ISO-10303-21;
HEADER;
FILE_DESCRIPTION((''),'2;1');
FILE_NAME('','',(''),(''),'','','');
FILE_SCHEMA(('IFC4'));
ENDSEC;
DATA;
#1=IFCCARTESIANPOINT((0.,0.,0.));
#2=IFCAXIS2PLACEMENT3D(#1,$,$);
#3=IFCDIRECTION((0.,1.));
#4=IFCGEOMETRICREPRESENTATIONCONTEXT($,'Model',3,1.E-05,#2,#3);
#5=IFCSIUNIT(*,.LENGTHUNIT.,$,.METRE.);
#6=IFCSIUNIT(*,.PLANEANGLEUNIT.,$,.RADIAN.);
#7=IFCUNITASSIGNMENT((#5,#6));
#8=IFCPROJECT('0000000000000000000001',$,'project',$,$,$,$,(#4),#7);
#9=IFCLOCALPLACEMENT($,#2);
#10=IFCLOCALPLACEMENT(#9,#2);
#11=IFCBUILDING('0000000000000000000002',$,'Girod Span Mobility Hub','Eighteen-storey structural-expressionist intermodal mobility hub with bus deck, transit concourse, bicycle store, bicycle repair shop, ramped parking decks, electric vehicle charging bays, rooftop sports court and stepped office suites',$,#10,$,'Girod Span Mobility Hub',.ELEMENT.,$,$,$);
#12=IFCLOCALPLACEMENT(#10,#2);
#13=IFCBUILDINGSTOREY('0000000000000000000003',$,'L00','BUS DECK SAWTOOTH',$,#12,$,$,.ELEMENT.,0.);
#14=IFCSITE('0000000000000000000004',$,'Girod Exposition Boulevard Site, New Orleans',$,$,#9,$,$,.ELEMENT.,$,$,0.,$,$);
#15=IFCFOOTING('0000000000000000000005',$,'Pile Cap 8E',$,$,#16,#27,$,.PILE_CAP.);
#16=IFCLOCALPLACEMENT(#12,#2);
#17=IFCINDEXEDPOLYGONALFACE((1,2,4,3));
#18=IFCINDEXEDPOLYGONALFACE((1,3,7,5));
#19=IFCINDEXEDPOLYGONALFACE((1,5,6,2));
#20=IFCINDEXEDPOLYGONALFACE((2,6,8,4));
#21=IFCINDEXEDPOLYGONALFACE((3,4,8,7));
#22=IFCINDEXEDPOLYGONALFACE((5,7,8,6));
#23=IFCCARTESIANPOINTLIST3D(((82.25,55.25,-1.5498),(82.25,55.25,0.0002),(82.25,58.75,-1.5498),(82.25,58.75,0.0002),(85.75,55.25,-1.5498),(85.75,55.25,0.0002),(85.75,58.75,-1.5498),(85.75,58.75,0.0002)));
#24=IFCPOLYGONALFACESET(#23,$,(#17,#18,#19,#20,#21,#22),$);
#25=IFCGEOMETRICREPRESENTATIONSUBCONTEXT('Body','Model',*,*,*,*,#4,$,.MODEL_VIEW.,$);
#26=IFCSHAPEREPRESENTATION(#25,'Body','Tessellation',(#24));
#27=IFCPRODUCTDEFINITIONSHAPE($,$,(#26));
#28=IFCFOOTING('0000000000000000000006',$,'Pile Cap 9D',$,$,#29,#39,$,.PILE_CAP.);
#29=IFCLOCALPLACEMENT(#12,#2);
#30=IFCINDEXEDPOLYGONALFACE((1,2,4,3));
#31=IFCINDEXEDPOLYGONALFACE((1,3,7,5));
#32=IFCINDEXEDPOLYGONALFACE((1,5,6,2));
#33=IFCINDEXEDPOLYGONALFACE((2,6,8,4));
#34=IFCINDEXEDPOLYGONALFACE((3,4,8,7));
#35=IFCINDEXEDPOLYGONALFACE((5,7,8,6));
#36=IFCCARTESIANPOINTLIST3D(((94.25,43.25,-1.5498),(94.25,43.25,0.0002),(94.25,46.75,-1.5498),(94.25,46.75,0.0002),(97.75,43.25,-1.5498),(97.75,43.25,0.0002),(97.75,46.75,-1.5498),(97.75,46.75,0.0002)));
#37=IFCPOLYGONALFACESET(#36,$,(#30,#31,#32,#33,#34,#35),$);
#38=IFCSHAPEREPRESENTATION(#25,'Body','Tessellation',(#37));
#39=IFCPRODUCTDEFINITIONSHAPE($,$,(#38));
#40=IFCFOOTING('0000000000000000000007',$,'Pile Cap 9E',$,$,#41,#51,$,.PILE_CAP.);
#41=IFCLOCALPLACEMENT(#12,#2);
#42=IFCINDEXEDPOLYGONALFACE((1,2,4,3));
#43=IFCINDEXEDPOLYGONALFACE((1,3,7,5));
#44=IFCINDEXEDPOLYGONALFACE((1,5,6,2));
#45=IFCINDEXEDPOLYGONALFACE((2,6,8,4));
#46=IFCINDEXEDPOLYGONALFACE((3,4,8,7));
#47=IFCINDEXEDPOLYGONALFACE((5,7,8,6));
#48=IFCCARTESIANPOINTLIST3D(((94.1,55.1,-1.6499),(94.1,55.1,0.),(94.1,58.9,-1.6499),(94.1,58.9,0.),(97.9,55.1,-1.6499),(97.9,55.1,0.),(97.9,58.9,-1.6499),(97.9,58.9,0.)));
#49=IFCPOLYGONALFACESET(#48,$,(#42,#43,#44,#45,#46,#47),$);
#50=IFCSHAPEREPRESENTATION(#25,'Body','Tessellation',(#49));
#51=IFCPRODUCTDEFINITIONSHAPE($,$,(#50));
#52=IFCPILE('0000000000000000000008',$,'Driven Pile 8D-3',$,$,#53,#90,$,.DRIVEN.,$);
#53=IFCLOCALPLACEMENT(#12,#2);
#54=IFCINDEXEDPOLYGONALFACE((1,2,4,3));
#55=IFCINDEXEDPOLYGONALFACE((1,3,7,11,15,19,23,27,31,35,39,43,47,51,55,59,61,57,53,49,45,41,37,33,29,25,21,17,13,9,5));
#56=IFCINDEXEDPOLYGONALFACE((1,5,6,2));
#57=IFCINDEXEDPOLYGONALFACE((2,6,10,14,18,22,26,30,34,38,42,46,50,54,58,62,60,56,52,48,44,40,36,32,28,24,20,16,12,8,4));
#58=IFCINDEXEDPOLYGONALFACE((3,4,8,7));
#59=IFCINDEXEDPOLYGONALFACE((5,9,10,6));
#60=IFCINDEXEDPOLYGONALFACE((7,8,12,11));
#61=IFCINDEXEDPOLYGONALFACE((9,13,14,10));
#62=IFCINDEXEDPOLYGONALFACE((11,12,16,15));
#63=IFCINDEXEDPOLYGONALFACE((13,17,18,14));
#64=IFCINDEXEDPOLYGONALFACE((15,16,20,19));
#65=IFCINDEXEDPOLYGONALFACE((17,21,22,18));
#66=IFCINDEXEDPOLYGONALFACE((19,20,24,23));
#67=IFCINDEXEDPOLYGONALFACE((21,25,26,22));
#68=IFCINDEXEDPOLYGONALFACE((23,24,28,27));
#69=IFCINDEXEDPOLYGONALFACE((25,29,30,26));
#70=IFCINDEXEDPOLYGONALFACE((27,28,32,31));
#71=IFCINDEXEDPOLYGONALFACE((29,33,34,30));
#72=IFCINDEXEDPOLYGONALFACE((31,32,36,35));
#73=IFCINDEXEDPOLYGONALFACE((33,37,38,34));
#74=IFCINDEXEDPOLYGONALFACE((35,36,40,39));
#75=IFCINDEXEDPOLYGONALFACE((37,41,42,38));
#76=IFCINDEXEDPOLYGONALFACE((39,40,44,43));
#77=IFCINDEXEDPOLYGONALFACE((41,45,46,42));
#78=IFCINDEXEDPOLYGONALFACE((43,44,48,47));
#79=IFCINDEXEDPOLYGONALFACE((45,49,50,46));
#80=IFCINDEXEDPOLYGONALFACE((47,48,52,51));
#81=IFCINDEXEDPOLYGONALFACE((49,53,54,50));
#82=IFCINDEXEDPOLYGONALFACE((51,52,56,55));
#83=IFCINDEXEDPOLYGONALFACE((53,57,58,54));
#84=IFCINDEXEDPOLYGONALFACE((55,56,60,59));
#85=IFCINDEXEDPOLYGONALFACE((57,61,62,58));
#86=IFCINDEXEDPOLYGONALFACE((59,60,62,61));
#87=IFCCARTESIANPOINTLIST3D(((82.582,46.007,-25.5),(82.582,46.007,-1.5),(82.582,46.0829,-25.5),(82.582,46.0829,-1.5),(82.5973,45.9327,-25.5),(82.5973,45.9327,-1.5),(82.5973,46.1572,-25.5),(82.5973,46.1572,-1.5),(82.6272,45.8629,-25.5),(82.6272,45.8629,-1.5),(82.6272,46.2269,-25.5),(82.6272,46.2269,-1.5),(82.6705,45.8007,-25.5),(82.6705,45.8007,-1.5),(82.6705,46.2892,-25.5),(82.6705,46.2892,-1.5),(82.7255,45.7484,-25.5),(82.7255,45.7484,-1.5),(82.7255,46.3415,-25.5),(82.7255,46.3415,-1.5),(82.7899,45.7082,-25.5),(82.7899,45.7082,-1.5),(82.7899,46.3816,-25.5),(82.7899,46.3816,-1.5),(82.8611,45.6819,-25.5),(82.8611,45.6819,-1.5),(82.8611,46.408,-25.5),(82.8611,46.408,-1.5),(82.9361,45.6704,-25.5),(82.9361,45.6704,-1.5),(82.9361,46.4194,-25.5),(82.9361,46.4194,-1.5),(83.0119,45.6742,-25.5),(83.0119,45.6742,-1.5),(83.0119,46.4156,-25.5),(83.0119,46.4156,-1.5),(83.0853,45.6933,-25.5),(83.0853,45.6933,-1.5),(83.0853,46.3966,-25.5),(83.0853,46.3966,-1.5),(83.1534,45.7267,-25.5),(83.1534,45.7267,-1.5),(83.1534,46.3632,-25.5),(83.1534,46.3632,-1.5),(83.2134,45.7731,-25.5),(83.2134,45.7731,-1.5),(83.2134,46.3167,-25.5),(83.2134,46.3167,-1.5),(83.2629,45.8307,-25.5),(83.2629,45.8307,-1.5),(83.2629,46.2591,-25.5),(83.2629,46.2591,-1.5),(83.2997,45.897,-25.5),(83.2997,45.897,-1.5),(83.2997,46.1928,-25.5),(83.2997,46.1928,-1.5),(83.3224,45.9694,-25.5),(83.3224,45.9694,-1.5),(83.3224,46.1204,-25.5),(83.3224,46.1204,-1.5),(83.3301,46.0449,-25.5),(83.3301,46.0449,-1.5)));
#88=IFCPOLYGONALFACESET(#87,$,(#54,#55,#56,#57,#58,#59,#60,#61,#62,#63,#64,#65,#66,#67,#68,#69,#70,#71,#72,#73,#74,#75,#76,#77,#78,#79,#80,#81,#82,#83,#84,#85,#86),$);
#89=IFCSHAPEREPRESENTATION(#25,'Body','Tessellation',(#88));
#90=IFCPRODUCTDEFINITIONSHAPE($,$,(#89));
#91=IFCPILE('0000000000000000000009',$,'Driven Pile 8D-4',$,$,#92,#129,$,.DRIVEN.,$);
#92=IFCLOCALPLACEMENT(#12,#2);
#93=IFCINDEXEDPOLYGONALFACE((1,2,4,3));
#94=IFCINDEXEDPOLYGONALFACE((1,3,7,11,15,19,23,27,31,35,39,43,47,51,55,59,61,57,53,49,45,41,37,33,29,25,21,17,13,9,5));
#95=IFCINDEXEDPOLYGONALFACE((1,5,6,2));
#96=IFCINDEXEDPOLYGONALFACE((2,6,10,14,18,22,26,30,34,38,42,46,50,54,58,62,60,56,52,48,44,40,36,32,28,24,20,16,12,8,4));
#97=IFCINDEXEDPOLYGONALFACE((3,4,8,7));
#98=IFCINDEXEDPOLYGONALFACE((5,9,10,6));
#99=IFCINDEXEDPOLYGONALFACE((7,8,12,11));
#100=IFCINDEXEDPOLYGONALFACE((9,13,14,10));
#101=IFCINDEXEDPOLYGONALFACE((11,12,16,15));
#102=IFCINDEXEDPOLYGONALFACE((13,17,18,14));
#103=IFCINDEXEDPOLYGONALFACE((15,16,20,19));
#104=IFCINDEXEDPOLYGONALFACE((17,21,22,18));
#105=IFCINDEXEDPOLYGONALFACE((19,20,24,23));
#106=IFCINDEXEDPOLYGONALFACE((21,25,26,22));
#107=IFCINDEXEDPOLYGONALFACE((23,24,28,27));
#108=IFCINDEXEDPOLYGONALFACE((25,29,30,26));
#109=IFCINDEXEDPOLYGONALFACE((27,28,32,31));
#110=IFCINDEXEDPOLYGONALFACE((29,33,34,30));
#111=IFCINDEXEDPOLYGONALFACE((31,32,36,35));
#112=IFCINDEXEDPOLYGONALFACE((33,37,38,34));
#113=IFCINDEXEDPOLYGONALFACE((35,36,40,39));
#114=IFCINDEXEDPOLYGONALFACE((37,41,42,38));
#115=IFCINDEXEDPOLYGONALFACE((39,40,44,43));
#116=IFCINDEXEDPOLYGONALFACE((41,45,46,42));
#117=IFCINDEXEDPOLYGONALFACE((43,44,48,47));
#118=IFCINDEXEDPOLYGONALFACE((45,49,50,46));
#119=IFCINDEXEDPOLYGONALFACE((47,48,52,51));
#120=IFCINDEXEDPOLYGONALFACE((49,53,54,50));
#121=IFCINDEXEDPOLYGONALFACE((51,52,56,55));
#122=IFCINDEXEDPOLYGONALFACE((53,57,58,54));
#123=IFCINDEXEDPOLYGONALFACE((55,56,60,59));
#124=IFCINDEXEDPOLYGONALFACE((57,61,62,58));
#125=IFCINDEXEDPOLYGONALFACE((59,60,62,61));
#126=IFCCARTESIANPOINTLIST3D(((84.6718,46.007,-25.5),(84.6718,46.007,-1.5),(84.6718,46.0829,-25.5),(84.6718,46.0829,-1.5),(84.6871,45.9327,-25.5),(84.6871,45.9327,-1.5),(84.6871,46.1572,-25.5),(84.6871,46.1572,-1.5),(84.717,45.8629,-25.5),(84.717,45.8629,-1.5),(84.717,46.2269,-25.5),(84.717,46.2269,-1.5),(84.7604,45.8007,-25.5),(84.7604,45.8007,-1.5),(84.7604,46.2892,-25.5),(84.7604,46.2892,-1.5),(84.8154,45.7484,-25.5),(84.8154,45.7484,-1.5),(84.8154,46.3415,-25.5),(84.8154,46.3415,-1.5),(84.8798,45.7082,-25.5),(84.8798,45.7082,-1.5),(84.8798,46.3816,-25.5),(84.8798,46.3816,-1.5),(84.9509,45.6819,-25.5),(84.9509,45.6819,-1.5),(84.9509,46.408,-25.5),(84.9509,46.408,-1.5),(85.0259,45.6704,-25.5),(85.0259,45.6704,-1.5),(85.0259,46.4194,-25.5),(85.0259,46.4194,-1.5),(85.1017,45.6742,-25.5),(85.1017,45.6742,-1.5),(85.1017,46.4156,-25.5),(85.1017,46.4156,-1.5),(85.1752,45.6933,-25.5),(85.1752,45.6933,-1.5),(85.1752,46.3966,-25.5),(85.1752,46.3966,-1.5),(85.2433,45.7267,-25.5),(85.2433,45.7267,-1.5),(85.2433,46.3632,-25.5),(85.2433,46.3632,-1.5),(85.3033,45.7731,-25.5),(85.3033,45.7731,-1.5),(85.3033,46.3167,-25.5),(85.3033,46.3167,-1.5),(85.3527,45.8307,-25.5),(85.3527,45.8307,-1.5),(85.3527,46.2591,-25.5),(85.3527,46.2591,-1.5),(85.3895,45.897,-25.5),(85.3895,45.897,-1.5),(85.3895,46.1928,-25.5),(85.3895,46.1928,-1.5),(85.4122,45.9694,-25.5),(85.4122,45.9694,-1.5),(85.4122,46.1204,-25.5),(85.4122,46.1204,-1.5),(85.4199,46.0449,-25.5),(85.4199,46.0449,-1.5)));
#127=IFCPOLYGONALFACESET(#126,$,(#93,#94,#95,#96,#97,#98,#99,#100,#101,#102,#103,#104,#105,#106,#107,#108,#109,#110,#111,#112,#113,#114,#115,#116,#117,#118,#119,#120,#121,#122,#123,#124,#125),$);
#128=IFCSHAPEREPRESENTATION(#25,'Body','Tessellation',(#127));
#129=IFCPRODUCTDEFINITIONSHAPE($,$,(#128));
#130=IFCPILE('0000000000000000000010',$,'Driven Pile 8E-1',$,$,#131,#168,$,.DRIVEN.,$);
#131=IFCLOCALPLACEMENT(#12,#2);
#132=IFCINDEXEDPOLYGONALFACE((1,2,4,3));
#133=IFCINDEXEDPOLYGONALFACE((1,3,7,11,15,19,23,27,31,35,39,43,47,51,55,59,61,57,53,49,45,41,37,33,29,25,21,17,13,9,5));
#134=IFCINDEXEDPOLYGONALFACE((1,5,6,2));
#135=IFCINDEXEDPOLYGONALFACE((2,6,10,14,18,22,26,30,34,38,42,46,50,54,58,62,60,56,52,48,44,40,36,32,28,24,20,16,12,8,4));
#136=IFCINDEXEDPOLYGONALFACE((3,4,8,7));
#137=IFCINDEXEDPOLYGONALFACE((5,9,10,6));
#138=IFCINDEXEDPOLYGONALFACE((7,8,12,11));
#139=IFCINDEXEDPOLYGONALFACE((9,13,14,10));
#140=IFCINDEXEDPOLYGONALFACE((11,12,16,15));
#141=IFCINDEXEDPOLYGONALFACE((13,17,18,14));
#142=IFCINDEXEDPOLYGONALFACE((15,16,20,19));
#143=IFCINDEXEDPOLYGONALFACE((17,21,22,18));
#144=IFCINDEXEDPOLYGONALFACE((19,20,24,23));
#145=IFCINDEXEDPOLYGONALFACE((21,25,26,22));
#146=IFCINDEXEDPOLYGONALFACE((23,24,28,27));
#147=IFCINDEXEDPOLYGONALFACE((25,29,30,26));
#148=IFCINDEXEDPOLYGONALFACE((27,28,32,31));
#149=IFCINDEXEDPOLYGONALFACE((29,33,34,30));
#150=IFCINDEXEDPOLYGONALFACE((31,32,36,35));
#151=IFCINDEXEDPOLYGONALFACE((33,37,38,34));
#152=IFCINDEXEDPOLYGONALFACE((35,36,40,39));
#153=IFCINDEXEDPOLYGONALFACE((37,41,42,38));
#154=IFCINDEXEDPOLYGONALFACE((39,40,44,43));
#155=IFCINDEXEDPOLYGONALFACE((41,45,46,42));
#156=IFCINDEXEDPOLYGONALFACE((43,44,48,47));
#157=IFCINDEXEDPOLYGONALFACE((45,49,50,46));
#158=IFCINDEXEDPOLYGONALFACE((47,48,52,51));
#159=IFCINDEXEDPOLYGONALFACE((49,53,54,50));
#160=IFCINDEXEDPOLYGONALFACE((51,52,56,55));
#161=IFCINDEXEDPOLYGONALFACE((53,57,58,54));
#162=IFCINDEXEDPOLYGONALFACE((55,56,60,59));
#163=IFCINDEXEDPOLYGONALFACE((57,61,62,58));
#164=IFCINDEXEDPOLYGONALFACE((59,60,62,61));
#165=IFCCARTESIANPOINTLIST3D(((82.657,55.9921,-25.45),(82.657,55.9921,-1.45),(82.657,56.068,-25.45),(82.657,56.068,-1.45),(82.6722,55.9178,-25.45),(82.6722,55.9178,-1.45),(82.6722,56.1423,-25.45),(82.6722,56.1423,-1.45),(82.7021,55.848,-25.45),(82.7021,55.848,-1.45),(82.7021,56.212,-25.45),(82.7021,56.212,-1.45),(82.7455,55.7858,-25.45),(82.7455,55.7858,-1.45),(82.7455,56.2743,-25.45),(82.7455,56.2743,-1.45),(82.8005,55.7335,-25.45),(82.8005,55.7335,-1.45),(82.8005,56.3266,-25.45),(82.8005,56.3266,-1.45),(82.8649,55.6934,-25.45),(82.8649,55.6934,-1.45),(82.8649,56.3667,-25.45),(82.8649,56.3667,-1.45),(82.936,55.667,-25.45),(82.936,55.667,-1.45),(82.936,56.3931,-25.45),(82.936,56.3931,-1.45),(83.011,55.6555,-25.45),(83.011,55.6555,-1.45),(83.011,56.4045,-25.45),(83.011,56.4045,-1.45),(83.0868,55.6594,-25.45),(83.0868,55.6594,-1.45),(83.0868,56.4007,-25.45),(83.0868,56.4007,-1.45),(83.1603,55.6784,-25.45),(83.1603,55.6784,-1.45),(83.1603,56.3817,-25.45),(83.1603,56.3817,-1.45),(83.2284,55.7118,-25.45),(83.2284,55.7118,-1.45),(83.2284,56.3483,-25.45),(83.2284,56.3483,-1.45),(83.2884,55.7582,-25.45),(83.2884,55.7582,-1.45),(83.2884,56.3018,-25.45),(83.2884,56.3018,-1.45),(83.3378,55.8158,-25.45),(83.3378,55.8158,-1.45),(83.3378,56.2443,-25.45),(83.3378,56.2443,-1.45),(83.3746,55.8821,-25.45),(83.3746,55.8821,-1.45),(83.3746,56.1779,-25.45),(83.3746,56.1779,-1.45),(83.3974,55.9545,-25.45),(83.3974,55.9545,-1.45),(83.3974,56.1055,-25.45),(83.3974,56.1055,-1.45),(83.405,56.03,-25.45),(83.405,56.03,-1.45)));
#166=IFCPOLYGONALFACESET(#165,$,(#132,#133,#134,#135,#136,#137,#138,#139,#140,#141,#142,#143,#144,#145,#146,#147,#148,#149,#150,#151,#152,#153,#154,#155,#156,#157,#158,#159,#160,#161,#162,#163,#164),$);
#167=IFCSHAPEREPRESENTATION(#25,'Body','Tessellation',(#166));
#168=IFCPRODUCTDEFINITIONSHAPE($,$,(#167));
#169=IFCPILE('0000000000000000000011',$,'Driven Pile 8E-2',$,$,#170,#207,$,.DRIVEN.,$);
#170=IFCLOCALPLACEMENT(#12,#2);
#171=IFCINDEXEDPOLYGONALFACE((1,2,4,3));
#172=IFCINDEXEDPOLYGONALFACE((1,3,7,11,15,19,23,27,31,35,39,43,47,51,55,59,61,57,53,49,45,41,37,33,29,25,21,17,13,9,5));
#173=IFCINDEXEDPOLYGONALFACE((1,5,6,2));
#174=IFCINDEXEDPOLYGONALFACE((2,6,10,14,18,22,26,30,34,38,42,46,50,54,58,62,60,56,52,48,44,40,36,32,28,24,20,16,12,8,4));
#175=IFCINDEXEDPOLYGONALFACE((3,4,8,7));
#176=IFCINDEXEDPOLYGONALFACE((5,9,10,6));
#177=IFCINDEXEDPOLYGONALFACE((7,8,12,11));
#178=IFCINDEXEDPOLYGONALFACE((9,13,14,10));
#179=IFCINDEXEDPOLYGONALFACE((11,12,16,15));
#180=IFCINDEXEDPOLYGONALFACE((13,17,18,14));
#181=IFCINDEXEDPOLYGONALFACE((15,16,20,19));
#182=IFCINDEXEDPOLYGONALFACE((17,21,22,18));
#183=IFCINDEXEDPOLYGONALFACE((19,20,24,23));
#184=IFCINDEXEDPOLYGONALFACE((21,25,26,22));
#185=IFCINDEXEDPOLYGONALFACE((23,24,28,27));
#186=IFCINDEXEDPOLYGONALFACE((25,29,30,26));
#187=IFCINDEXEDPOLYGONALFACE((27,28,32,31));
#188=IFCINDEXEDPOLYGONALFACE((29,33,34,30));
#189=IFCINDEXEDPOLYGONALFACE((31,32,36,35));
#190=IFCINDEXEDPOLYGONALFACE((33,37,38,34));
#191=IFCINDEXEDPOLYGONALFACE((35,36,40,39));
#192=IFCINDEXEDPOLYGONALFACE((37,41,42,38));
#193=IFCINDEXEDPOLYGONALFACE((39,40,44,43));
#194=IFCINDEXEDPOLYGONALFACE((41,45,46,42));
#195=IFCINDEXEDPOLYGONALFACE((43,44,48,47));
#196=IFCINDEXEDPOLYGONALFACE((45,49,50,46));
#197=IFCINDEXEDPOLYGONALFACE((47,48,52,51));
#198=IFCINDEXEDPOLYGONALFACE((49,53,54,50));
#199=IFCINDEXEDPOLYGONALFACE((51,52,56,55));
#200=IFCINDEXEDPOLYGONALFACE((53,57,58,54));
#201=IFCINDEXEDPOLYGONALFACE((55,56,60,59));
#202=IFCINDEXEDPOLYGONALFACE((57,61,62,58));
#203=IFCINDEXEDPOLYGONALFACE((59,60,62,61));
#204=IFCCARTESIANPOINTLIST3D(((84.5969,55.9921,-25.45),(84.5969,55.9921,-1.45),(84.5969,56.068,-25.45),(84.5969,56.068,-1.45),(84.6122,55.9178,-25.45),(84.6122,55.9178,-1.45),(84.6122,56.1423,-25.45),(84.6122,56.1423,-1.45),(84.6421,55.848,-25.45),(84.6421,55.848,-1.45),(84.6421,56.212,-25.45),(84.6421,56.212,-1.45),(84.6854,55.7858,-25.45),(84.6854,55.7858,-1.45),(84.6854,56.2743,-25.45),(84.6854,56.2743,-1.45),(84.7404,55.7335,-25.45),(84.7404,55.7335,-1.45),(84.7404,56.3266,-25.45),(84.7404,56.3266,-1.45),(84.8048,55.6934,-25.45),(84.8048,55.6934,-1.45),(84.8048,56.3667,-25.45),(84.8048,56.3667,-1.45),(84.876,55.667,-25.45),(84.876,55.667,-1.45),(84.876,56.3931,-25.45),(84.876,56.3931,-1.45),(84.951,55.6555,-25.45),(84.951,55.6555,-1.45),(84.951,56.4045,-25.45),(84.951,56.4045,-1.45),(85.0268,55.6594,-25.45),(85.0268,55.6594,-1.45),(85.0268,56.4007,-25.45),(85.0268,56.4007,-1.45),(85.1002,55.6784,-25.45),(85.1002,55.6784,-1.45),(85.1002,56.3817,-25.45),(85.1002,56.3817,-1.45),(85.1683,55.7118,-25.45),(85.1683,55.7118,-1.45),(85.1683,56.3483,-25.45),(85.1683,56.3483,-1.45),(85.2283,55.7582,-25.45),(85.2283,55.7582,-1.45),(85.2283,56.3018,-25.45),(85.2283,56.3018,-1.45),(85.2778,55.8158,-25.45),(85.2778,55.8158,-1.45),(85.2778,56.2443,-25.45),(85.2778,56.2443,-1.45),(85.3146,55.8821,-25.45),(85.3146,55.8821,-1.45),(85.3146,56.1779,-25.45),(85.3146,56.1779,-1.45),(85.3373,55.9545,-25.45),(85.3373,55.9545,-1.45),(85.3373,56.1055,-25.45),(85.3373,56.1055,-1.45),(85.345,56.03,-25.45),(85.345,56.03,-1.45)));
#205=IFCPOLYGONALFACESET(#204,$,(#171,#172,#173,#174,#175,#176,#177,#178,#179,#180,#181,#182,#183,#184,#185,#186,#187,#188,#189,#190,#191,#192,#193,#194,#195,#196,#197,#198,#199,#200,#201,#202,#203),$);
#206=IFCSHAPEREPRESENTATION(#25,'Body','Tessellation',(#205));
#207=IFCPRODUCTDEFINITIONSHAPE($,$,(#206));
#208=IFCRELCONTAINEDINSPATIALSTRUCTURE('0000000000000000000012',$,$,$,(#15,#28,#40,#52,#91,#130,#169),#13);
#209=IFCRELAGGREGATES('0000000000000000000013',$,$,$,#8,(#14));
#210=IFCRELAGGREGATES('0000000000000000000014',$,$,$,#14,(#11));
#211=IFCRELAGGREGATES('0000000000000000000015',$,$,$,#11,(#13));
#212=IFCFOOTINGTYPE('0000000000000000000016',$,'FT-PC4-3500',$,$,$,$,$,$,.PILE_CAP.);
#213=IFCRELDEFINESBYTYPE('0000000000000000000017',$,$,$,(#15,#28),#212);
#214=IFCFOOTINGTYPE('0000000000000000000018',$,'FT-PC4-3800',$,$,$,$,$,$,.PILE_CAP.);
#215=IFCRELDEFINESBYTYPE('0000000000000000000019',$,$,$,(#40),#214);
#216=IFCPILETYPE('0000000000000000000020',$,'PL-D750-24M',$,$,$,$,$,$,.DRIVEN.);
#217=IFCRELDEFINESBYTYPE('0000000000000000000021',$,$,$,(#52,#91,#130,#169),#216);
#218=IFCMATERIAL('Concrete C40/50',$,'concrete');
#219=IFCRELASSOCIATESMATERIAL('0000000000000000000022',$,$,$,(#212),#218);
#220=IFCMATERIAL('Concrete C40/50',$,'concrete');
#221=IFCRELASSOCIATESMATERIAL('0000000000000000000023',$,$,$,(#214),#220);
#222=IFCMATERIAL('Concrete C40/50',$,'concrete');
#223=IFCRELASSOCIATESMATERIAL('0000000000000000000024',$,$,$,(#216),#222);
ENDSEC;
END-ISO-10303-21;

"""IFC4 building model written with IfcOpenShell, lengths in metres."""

from ifc_helpers import new_model, si_unit, direction, frame, origin, origin_2d, place, context, subcontext, project, spatial, rectangle, circle, extrude, material, material_profile, profile_set, type_object, element, save


model = new_model("IFC4")

# Units and contexts
model_context = context("Model", 3, precision=1e-05, world=origin(), true_north=direction((0.0, 1.0)))
body_context = subcontext(model_context, "Body", "Model", "MODEL_VIEW")
ifc_project = project(units=[si_unit("LENGTHUNIT", "METRE"), si_unit("PLANEANGLEUNIT", "RADIAN")], contexts=[model_context])

# Site, building, storey
site_placement = place(None, origin())
site = spatial("IfcSite", under=ifc_project, at=site_placement, Name="Girod Exposition Boulevard Site, New Orleans", CompositionType="ELEMENT", RefElevation=0.0)
building_placement = place(site_placement, origin())
building = spatial("IfcBuilding", under=site, at=building_placement, Name="Girod Span Mobility Hub", Description="Eighteen-storey structural-expressionist intermodal mobility hub with bus deck, transit concourse, bicycle store, bicycle repair shop, ramped parking decks, electric vehicle charging bays, rooftop sports court and stepped office suites", LongName="Girod Span Mobility Hub", CompositionType="ELEMENT")
storey_placement = place(building_placement, origin())
storey = spatial("IfcBuildingStorey", under=building, at=storey_placement, Name="L00", Description="BUS DECK SAWTOOTH", CompositionType="ELEMENT", Elevation=0.0)

# Footings
ifc_material_1 = material(Name="Concrete C40/50", Category="concrete")
footing_type_1 = type_object("IfcFootingType", Name="FT-PC4-3500", PredefinedType="PILE_CAP", material=ifc_material_1)
for number, where, z_axis, x_axis, name in (
    (1, (84.0, 57.0, -1.5498), (0.0, 0.0, 1.0), (1.0, 0.0, 0.0), "Pile Cap 8E"),
    (2, (96.0, 45.0, -1.5498), (0.0, 0.0, 1.0), (1.0, 0.0, 0.0), "Pile Cap 9D"),
):
    element("IfcFooting", number, at=place(storey_placement, frame(where, z_axis=z_axis, x_axis=x_axis)), inside=storey, type_object=footing_type_1, Name=name, PredefinedType="PILE_CAP", context=body_context, shape_type="SweptSolid", body=[
        extrude(rectangle(XDim=3.5, YDim=3.5, at=origin_2d()), origin(), (0.0, 0.0, 1.0), 1.55),
    ])
ifc_material_2 = material(Name="Concrete C40/50", Category="concrete")
footing_type_2 = type_object("IfcFootingType", Name="FT-PC4-3800", PredefinedType="PILE_CAP", material=ifc_material_2)
footing_placement = place(storey_placement, frame((96.0, 57.0, -1.6499), z_axis=(0.0, 0.0, 1.0), x_axis=(1.0, 0.0, 0.0)))
element("IfcFooting", 3, at=footing_placement, inside=storey, type_object=footing_type_2, Name="Pile Cap 9E", PredefinedType="PILE_CAP", context=body_context, shape_type="SweptSolid", body=[
    extrude(rectangle(XDim=3.8, YDim=3.8, at=origin_2d()), origin(), (0.0, 0.0, 1.0), 1.6499),
])

# Piles
ifc_material_3 = material(Name="Concrete C40/50", Category="concrete")
ifc_material_profile_1 = material_profile(ifc_material_3, circle(Radius=0.375, at=origin_2d()), Name="PILE-D750")
ifc_profile_set_1 = profile_set([ifc_material_profile_1], Name="Concrete C40/50")
pile_type = type_object("IfcPileType", Name="PL-D750-24M", PredefinedType="DRIVEN", material=ifc_profile_set_1)
for number, where, z_axis, x_axis, name in (
    (4, (82.9551, 46.0449, -1.5), (0.0, 0.0, -1.0), (1.0, 0.0, 0.0), "Driven Pile 8D-3"),
    (5, (85.0449, 46.0449, -1.5), (0.0, 0.0, -1.0), (1.0, 0.0, 0.0), "Driven Pile 8D-4"),
    (6, (83.03, 56.03, -1.45), (0.0, 0.0, -1.0), (1.0, 0.0, 0.0), "Driven Pile 8E-1"),
    (7, (84.97, 56.03, -1.45), (0.0, 0.0, -1.0), (1.0, 0.0, 0.0), "Driven Pile 8E-2"),
):
    element("IfcPile", number, at=place(storey_placement, frame(where, z_axis=z_axis, x_axis=x_axis)), inside=storey, type_object=pile_type, Name=name, PredefinedType="DRIVEN", context=body_context, shape_type="SweptSolid", body=[
        extrude(circle(Radius=0.375, at=origin_2d()), origin(), (0.0, 0.0, 1.0), 24.0),
    ])

save(model, "model.ifc")
